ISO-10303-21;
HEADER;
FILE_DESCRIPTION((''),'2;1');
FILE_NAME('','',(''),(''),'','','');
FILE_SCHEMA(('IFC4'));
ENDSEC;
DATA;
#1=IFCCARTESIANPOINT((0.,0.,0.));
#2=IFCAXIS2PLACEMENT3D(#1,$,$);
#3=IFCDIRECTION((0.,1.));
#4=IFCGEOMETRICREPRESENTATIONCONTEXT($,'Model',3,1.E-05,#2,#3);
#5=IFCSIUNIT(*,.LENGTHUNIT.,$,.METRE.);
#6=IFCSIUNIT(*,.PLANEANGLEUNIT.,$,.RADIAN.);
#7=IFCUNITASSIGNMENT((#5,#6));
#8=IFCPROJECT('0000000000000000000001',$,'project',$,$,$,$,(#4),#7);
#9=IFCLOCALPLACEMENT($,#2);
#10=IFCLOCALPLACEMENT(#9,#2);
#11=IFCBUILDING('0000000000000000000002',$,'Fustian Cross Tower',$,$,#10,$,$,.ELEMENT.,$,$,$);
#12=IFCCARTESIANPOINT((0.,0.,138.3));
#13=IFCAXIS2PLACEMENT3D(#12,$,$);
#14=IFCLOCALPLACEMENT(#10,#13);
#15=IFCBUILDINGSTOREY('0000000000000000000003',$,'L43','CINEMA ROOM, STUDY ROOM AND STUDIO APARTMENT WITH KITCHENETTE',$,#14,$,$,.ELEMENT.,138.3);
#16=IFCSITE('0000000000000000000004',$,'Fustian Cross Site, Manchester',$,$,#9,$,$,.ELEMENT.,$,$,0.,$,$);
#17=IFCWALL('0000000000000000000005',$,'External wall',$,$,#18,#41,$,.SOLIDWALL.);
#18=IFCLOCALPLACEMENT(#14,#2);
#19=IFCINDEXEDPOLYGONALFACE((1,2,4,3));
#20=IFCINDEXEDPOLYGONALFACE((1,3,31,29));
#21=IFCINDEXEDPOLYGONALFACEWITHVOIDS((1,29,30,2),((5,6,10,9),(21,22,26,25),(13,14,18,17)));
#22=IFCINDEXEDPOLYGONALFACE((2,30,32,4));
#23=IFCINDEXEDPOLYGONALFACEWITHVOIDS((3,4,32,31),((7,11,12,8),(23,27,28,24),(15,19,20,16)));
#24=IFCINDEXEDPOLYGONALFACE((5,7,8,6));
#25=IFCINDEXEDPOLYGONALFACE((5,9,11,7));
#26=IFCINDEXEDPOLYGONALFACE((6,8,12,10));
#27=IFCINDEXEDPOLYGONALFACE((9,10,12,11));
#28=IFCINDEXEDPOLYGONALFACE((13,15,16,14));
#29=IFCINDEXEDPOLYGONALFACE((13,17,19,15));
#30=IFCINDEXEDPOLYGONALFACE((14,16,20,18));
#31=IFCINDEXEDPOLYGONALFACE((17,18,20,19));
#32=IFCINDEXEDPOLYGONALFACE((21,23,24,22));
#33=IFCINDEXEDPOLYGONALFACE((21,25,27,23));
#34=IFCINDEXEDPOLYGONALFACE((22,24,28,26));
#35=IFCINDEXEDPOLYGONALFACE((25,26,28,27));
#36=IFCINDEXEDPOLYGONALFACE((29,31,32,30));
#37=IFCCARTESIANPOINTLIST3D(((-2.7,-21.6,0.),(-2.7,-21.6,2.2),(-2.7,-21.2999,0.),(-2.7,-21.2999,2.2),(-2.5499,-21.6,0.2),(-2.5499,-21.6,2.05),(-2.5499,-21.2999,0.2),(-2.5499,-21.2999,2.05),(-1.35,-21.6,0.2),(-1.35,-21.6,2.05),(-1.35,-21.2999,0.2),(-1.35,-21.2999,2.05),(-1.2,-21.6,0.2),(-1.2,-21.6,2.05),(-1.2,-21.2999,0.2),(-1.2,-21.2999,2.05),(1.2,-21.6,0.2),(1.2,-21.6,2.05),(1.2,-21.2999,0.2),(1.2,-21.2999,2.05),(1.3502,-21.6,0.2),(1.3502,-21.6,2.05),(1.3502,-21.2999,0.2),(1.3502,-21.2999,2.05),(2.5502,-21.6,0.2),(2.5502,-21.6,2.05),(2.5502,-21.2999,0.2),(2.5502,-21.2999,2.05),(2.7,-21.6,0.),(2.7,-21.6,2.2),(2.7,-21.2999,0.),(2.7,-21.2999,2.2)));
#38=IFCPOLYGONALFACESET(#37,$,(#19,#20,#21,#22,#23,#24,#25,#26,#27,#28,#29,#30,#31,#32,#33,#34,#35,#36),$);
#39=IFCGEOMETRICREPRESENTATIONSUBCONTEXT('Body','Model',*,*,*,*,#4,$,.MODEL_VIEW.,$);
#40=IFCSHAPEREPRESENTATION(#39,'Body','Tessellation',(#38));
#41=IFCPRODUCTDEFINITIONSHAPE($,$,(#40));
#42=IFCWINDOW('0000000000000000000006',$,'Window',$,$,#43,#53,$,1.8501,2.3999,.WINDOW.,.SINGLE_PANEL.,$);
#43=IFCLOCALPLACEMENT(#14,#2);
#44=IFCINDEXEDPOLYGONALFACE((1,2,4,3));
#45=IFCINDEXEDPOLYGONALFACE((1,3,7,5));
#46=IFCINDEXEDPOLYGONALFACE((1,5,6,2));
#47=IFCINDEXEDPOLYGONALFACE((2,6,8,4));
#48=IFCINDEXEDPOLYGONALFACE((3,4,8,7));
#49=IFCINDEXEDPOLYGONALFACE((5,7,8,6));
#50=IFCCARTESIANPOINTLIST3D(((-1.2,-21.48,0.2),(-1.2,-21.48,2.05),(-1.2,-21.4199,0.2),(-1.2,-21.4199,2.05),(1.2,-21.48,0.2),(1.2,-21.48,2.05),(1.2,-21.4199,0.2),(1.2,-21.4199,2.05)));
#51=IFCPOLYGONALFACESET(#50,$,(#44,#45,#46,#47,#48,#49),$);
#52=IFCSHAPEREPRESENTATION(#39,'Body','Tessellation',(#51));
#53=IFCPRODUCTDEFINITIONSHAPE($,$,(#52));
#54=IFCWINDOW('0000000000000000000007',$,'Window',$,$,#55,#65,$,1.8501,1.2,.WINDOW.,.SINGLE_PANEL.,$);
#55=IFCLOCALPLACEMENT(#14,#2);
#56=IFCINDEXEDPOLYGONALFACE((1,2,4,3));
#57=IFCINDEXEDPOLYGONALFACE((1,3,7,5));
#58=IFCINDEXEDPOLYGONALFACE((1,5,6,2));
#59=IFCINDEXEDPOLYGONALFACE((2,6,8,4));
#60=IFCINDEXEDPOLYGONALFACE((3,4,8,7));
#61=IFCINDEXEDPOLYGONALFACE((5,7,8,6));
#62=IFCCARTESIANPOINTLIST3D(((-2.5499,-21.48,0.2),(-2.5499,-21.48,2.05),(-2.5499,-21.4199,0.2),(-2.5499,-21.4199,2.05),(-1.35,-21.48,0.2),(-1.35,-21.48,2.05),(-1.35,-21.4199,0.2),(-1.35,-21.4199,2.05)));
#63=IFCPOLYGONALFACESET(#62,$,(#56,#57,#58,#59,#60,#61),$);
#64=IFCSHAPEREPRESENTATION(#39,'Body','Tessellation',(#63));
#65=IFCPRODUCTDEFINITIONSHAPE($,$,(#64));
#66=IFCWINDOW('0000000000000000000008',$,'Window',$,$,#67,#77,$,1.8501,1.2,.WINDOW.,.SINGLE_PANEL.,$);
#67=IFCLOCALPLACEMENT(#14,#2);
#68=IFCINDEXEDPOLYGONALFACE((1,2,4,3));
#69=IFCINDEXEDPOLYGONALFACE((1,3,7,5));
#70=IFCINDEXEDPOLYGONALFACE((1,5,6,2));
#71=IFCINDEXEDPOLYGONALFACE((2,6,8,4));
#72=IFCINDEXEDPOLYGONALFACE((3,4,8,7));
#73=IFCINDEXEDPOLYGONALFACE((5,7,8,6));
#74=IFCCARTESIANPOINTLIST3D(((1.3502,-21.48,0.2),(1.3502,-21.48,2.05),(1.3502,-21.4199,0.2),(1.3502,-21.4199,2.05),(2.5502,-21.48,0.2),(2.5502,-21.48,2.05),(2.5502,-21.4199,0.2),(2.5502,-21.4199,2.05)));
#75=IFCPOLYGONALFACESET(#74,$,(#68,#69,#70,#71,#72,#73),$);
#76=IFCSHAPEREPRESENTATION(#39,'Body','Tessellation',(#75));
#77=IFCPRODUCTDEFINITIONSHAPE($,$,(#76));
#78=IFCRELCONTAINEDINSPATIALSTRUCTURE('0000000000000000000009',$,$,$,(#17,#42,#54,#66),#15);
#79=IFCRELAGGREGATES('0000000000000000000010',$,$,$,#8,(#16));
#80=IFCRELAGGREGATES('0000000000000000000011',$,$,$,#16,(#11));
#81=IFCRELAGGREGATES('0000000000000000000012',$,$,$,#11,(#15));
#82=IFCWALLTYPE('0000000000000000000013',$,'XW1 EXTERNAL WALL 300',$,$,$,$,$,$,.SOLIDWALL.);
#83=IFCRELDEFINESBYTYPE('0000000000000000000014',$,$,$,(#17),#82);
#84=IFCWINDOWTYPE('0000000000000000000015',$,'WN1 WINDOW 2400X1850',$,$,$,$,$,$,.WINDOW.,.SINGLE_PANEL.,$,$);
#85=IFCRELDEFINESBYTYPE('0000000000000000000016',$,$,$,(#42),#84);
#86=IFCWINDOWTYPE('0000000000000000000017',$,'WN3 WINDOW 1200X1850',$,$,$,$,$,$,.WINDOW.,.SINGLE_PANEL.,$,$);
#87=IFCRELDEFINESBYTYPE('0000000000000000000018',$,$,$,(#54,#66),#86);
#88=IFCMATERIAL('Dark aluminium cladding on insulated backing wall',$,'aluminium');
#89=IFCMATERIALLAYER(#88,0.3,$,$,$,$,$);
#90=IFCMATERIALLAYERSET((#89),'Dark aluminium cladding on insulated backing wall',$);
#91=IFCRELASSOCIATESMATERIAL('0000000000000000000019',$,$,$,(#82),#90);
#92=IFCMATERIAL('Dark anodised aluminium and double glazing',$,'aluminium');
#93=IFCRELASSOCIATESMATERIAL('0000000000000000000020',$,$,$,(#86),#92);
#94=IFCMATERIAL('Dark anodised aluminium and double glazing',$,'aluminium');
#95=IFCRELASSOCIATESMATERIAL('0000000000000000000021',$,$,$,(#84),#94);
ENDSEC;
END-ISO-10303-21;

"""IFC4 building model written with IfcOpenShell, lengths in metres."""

from ifc_helpers import new_model, si_unit, direction, frame, frame_2d, origin, place, context, subcontext, project, spatial, rectangle, extrude, material, layer, layer_set, type_object, element, fill, save


model = new_model("IFC4")

# Units and contexts
model_context = context("Model", 3, precision=1e-05, world=origin(), true_north=direction((0.0, 1.0)))
body_context = subcontext(model_context, "Body", "Model", "MODEL_VIEW")
ifc_project = project(units=[si_unit("LENGTHUNIT", "METRE"), si_unit("PLANEANGLEUNIT", "RADIAN")], contexts=[model_context])

# Site, building, storey
site_placement = place(None, origin())
site = spatial("IfcSite", under=ifc_project, at=site_placement, Name="Fustian Cross Site, Manchester", CompositionType="ELEMENT", RefElevation=0.0)
building_placement = place(site_placement, origin())
building = spatial("IfcBuilding", under=site, at=building_placement, Name="Fustian Cross Tower", CompositionType="ELEMENT")
storey_placement = place(building_placement, frame((0.0, 0.0, 138.3)))
storey = spatial("IfcBuildingStorey", under=building, at=storey_placement, Name="L43", Description="CINEMA ROOM, STUDY ROOM AND STUDIO APARTMENT WITH KITCHENETTE", CompositionType="ELEMENT", Elevation=138.3)

# Shared definitions
ifc_material_1 = material(Name="Dark aluminium cladding on insulated backing wall", Category="aluminium")
ifc_layer_1 = layer(ifc_material_1, 0.3)
ifc_layer_set_1 = layer_set([ifc_layer_1], Name="Dark aluminium cladding on insulated backing wall")
wall_type_1 = type_object("IfcWallType", Name="XW1 EXTERNAL WALL 300", PredefinedType="SOLIDWALL", material=ifc_layer_set_1)

# Shared definitions
ifc_material_2 = material(Name="Dark anodised aluminium and double glazing", Category="aluminium")
window_type_1 = type_object("IfcWindowType", Name="WN3 WINDOW 1200X1850", PartitioningType="SINGLE_PANEL", PredefinedType="WINDOW", material=ifc_material_2)

# Wall, openings, windows
wall_1_placement = place(storey_placement, frame((-2.7, -21.45, 0.0), z_axis=(0.0, 0.0, 1.0), x_axis=(1.0, 0.0, 0.0)))
wall_1 = element("IfcWall", 1, at=wall_1_placement, inside=storey, type_object=wall_type_1, Name="External wall", PredefinedType="SOLIDWALL", context=body_context, shape_type="SweptSolid", body=[
    extrude(rectangle(XDim=5.3999, YDim=0.3, at=frame_2d((2.7, 0.0))), origin(), (0.0, 0.0, 1.0), 2.2),
])
opening_1_placement = place(wall_1_placement, frame((1.5, 0.0, 0.2)))
opening_1 = element("IfcOpeningElement", 2, at=opening_1_placement, cuts=wall_1, PredefinedType="OPENING", context=body_context, shape_type="SweptSolid", body=[
    extrude(rectangle(XDim=2.3999, YDim=1.8501, at=frame_2d((1.2, 0.925))), frame((0.0, 0.1599, 0.0), z_axis=(0.0, -1.0, 0.0), x_axis=(1.0, 0.0, 0.0)), (0.0, 0.0, 1.0), 0.3201),
])
opening_2_placement = place(wall_1_placement, frame((0.1499, 0.0, 0.2)))
opening_2 = element("IfcOpeningElement", 3, at=opening_2_placement, cuts=wall_1, PredefinedType="OPENING", context=body_context, shape_type="SweptSolid", body=[
    extrude(rectangle(XDim=1.2, YDim=1.8501, at=frame_2d((0.6001, 0.925))), frame((0.0, 0.1599, 0.0), z_axis=(0.0, -1.0, 0.0), x_axis=(1.0, 0.0, 0.0)), (0.0, 0.0, 1.0), 0.3201),
])
opening_3_placement = place(wall_1_placement, frame((4.05, 0.0, 0.2)))
opening_3 = element("IfcOpeningElement", 4, at=opening_3_placement, cuts=wall_1, PredefinedType="OPENING", context=body_context, shape_type="SweptSolid", body=[
    extrude(rectangle(XDim=1.2, YDim=1.8501, at=frame_2d((0.6001, 0.925))), frame((0.0, 0.1599, 0.0), z_axis=(0.0, -1.0, 0.0), x_axis=(1.0, 0.0, 0.0)), (0.0, 0.0, 1.0), 0.3201),
])
ifc_material_3 = material(Name="Dark anodised aluminium and double glazing", Category="aluminium")
window_type_2 = type_object("IfcWindowType", Name="WN1 WINDOW 2400X1850", PartitioningType="SINGLE_PANEL", PredefinedType="WINDOW", material=ifc_material_3)
window_1_placement = place(opening_1_placement, origin())
window_1 = element("IfcWindow", 5, at=window_1_placement, inside=storey, type_object=window_type_2, Name="Window", OverallHeight=1.8501, OverallWidth=2.3999, PartitioningType="SINGLE_PANEL", PredefinedType="WINDOW", context=body_context, shape_type="SweptSolid", body=[
    extrude(rectangle(XDim=2.3999, YDim=1.8501, at=frame_2d((1.2, 0.925))), frame((0.0, 0.03, 0.0), z_axis=(0.0, -1.0, 0.0), x_axis=(1.0, 0.0, 0.0)), (0.0, 0.0, 1.0), 0.0601),
])
fill(opening_1, window_1)
window_2_placement = place(opening_2_placement, origin())
window_2 = element("IfcWindow", 6, at=window_2_placement, inside=storey, type_object=window_type_1, Name="Window", OverallHeight=1.8501, OverallWidth=1.2, PartitioningType="SINGLE_PANEL", PredefinedType="WINDOW", context=body_context, shape_type="SweptSolid", body=[
    extrude(rectangle(XDim=1.2, YDim=1.8501, at=frame_2d((0.6001, 0.925))), frame((0.0, 0.03, 0.0), z_axis=(0.0, -1.0, 0.0), x_axis=(1.0, 0.0, 0.0)), (0.0, 0.0, 1.0), 0.0601),
])
fill(opening_2, window_2)
window_3_placement = place(opening_3_placement, origin())
window_3 = element("IfcWindow", 7, at=window_3_placement, inside=storey, type_object=window_type_1, Name="Window", OverallHeight=1.8501, OverallWidth=1.2, PartitioningType="SINGLE_PANEL", PredefinedType="WINDOW", context=body_context, shape_type="SweptSolid", body=[
    extrude(rectangle(XDim=1.2, YDim=1.8501, at=frame_2d((0.6001, 0.925))), frame((0.0, 0.03, 0.0), z_axis=(0.0, -1.0, 0.0), x_axis=(1.0, 0.0, 0.0)), (0.0, 0.0, 1.0), 0.0601),
])
fill(opening_3, window_3)

save(model, "model.ifc")
